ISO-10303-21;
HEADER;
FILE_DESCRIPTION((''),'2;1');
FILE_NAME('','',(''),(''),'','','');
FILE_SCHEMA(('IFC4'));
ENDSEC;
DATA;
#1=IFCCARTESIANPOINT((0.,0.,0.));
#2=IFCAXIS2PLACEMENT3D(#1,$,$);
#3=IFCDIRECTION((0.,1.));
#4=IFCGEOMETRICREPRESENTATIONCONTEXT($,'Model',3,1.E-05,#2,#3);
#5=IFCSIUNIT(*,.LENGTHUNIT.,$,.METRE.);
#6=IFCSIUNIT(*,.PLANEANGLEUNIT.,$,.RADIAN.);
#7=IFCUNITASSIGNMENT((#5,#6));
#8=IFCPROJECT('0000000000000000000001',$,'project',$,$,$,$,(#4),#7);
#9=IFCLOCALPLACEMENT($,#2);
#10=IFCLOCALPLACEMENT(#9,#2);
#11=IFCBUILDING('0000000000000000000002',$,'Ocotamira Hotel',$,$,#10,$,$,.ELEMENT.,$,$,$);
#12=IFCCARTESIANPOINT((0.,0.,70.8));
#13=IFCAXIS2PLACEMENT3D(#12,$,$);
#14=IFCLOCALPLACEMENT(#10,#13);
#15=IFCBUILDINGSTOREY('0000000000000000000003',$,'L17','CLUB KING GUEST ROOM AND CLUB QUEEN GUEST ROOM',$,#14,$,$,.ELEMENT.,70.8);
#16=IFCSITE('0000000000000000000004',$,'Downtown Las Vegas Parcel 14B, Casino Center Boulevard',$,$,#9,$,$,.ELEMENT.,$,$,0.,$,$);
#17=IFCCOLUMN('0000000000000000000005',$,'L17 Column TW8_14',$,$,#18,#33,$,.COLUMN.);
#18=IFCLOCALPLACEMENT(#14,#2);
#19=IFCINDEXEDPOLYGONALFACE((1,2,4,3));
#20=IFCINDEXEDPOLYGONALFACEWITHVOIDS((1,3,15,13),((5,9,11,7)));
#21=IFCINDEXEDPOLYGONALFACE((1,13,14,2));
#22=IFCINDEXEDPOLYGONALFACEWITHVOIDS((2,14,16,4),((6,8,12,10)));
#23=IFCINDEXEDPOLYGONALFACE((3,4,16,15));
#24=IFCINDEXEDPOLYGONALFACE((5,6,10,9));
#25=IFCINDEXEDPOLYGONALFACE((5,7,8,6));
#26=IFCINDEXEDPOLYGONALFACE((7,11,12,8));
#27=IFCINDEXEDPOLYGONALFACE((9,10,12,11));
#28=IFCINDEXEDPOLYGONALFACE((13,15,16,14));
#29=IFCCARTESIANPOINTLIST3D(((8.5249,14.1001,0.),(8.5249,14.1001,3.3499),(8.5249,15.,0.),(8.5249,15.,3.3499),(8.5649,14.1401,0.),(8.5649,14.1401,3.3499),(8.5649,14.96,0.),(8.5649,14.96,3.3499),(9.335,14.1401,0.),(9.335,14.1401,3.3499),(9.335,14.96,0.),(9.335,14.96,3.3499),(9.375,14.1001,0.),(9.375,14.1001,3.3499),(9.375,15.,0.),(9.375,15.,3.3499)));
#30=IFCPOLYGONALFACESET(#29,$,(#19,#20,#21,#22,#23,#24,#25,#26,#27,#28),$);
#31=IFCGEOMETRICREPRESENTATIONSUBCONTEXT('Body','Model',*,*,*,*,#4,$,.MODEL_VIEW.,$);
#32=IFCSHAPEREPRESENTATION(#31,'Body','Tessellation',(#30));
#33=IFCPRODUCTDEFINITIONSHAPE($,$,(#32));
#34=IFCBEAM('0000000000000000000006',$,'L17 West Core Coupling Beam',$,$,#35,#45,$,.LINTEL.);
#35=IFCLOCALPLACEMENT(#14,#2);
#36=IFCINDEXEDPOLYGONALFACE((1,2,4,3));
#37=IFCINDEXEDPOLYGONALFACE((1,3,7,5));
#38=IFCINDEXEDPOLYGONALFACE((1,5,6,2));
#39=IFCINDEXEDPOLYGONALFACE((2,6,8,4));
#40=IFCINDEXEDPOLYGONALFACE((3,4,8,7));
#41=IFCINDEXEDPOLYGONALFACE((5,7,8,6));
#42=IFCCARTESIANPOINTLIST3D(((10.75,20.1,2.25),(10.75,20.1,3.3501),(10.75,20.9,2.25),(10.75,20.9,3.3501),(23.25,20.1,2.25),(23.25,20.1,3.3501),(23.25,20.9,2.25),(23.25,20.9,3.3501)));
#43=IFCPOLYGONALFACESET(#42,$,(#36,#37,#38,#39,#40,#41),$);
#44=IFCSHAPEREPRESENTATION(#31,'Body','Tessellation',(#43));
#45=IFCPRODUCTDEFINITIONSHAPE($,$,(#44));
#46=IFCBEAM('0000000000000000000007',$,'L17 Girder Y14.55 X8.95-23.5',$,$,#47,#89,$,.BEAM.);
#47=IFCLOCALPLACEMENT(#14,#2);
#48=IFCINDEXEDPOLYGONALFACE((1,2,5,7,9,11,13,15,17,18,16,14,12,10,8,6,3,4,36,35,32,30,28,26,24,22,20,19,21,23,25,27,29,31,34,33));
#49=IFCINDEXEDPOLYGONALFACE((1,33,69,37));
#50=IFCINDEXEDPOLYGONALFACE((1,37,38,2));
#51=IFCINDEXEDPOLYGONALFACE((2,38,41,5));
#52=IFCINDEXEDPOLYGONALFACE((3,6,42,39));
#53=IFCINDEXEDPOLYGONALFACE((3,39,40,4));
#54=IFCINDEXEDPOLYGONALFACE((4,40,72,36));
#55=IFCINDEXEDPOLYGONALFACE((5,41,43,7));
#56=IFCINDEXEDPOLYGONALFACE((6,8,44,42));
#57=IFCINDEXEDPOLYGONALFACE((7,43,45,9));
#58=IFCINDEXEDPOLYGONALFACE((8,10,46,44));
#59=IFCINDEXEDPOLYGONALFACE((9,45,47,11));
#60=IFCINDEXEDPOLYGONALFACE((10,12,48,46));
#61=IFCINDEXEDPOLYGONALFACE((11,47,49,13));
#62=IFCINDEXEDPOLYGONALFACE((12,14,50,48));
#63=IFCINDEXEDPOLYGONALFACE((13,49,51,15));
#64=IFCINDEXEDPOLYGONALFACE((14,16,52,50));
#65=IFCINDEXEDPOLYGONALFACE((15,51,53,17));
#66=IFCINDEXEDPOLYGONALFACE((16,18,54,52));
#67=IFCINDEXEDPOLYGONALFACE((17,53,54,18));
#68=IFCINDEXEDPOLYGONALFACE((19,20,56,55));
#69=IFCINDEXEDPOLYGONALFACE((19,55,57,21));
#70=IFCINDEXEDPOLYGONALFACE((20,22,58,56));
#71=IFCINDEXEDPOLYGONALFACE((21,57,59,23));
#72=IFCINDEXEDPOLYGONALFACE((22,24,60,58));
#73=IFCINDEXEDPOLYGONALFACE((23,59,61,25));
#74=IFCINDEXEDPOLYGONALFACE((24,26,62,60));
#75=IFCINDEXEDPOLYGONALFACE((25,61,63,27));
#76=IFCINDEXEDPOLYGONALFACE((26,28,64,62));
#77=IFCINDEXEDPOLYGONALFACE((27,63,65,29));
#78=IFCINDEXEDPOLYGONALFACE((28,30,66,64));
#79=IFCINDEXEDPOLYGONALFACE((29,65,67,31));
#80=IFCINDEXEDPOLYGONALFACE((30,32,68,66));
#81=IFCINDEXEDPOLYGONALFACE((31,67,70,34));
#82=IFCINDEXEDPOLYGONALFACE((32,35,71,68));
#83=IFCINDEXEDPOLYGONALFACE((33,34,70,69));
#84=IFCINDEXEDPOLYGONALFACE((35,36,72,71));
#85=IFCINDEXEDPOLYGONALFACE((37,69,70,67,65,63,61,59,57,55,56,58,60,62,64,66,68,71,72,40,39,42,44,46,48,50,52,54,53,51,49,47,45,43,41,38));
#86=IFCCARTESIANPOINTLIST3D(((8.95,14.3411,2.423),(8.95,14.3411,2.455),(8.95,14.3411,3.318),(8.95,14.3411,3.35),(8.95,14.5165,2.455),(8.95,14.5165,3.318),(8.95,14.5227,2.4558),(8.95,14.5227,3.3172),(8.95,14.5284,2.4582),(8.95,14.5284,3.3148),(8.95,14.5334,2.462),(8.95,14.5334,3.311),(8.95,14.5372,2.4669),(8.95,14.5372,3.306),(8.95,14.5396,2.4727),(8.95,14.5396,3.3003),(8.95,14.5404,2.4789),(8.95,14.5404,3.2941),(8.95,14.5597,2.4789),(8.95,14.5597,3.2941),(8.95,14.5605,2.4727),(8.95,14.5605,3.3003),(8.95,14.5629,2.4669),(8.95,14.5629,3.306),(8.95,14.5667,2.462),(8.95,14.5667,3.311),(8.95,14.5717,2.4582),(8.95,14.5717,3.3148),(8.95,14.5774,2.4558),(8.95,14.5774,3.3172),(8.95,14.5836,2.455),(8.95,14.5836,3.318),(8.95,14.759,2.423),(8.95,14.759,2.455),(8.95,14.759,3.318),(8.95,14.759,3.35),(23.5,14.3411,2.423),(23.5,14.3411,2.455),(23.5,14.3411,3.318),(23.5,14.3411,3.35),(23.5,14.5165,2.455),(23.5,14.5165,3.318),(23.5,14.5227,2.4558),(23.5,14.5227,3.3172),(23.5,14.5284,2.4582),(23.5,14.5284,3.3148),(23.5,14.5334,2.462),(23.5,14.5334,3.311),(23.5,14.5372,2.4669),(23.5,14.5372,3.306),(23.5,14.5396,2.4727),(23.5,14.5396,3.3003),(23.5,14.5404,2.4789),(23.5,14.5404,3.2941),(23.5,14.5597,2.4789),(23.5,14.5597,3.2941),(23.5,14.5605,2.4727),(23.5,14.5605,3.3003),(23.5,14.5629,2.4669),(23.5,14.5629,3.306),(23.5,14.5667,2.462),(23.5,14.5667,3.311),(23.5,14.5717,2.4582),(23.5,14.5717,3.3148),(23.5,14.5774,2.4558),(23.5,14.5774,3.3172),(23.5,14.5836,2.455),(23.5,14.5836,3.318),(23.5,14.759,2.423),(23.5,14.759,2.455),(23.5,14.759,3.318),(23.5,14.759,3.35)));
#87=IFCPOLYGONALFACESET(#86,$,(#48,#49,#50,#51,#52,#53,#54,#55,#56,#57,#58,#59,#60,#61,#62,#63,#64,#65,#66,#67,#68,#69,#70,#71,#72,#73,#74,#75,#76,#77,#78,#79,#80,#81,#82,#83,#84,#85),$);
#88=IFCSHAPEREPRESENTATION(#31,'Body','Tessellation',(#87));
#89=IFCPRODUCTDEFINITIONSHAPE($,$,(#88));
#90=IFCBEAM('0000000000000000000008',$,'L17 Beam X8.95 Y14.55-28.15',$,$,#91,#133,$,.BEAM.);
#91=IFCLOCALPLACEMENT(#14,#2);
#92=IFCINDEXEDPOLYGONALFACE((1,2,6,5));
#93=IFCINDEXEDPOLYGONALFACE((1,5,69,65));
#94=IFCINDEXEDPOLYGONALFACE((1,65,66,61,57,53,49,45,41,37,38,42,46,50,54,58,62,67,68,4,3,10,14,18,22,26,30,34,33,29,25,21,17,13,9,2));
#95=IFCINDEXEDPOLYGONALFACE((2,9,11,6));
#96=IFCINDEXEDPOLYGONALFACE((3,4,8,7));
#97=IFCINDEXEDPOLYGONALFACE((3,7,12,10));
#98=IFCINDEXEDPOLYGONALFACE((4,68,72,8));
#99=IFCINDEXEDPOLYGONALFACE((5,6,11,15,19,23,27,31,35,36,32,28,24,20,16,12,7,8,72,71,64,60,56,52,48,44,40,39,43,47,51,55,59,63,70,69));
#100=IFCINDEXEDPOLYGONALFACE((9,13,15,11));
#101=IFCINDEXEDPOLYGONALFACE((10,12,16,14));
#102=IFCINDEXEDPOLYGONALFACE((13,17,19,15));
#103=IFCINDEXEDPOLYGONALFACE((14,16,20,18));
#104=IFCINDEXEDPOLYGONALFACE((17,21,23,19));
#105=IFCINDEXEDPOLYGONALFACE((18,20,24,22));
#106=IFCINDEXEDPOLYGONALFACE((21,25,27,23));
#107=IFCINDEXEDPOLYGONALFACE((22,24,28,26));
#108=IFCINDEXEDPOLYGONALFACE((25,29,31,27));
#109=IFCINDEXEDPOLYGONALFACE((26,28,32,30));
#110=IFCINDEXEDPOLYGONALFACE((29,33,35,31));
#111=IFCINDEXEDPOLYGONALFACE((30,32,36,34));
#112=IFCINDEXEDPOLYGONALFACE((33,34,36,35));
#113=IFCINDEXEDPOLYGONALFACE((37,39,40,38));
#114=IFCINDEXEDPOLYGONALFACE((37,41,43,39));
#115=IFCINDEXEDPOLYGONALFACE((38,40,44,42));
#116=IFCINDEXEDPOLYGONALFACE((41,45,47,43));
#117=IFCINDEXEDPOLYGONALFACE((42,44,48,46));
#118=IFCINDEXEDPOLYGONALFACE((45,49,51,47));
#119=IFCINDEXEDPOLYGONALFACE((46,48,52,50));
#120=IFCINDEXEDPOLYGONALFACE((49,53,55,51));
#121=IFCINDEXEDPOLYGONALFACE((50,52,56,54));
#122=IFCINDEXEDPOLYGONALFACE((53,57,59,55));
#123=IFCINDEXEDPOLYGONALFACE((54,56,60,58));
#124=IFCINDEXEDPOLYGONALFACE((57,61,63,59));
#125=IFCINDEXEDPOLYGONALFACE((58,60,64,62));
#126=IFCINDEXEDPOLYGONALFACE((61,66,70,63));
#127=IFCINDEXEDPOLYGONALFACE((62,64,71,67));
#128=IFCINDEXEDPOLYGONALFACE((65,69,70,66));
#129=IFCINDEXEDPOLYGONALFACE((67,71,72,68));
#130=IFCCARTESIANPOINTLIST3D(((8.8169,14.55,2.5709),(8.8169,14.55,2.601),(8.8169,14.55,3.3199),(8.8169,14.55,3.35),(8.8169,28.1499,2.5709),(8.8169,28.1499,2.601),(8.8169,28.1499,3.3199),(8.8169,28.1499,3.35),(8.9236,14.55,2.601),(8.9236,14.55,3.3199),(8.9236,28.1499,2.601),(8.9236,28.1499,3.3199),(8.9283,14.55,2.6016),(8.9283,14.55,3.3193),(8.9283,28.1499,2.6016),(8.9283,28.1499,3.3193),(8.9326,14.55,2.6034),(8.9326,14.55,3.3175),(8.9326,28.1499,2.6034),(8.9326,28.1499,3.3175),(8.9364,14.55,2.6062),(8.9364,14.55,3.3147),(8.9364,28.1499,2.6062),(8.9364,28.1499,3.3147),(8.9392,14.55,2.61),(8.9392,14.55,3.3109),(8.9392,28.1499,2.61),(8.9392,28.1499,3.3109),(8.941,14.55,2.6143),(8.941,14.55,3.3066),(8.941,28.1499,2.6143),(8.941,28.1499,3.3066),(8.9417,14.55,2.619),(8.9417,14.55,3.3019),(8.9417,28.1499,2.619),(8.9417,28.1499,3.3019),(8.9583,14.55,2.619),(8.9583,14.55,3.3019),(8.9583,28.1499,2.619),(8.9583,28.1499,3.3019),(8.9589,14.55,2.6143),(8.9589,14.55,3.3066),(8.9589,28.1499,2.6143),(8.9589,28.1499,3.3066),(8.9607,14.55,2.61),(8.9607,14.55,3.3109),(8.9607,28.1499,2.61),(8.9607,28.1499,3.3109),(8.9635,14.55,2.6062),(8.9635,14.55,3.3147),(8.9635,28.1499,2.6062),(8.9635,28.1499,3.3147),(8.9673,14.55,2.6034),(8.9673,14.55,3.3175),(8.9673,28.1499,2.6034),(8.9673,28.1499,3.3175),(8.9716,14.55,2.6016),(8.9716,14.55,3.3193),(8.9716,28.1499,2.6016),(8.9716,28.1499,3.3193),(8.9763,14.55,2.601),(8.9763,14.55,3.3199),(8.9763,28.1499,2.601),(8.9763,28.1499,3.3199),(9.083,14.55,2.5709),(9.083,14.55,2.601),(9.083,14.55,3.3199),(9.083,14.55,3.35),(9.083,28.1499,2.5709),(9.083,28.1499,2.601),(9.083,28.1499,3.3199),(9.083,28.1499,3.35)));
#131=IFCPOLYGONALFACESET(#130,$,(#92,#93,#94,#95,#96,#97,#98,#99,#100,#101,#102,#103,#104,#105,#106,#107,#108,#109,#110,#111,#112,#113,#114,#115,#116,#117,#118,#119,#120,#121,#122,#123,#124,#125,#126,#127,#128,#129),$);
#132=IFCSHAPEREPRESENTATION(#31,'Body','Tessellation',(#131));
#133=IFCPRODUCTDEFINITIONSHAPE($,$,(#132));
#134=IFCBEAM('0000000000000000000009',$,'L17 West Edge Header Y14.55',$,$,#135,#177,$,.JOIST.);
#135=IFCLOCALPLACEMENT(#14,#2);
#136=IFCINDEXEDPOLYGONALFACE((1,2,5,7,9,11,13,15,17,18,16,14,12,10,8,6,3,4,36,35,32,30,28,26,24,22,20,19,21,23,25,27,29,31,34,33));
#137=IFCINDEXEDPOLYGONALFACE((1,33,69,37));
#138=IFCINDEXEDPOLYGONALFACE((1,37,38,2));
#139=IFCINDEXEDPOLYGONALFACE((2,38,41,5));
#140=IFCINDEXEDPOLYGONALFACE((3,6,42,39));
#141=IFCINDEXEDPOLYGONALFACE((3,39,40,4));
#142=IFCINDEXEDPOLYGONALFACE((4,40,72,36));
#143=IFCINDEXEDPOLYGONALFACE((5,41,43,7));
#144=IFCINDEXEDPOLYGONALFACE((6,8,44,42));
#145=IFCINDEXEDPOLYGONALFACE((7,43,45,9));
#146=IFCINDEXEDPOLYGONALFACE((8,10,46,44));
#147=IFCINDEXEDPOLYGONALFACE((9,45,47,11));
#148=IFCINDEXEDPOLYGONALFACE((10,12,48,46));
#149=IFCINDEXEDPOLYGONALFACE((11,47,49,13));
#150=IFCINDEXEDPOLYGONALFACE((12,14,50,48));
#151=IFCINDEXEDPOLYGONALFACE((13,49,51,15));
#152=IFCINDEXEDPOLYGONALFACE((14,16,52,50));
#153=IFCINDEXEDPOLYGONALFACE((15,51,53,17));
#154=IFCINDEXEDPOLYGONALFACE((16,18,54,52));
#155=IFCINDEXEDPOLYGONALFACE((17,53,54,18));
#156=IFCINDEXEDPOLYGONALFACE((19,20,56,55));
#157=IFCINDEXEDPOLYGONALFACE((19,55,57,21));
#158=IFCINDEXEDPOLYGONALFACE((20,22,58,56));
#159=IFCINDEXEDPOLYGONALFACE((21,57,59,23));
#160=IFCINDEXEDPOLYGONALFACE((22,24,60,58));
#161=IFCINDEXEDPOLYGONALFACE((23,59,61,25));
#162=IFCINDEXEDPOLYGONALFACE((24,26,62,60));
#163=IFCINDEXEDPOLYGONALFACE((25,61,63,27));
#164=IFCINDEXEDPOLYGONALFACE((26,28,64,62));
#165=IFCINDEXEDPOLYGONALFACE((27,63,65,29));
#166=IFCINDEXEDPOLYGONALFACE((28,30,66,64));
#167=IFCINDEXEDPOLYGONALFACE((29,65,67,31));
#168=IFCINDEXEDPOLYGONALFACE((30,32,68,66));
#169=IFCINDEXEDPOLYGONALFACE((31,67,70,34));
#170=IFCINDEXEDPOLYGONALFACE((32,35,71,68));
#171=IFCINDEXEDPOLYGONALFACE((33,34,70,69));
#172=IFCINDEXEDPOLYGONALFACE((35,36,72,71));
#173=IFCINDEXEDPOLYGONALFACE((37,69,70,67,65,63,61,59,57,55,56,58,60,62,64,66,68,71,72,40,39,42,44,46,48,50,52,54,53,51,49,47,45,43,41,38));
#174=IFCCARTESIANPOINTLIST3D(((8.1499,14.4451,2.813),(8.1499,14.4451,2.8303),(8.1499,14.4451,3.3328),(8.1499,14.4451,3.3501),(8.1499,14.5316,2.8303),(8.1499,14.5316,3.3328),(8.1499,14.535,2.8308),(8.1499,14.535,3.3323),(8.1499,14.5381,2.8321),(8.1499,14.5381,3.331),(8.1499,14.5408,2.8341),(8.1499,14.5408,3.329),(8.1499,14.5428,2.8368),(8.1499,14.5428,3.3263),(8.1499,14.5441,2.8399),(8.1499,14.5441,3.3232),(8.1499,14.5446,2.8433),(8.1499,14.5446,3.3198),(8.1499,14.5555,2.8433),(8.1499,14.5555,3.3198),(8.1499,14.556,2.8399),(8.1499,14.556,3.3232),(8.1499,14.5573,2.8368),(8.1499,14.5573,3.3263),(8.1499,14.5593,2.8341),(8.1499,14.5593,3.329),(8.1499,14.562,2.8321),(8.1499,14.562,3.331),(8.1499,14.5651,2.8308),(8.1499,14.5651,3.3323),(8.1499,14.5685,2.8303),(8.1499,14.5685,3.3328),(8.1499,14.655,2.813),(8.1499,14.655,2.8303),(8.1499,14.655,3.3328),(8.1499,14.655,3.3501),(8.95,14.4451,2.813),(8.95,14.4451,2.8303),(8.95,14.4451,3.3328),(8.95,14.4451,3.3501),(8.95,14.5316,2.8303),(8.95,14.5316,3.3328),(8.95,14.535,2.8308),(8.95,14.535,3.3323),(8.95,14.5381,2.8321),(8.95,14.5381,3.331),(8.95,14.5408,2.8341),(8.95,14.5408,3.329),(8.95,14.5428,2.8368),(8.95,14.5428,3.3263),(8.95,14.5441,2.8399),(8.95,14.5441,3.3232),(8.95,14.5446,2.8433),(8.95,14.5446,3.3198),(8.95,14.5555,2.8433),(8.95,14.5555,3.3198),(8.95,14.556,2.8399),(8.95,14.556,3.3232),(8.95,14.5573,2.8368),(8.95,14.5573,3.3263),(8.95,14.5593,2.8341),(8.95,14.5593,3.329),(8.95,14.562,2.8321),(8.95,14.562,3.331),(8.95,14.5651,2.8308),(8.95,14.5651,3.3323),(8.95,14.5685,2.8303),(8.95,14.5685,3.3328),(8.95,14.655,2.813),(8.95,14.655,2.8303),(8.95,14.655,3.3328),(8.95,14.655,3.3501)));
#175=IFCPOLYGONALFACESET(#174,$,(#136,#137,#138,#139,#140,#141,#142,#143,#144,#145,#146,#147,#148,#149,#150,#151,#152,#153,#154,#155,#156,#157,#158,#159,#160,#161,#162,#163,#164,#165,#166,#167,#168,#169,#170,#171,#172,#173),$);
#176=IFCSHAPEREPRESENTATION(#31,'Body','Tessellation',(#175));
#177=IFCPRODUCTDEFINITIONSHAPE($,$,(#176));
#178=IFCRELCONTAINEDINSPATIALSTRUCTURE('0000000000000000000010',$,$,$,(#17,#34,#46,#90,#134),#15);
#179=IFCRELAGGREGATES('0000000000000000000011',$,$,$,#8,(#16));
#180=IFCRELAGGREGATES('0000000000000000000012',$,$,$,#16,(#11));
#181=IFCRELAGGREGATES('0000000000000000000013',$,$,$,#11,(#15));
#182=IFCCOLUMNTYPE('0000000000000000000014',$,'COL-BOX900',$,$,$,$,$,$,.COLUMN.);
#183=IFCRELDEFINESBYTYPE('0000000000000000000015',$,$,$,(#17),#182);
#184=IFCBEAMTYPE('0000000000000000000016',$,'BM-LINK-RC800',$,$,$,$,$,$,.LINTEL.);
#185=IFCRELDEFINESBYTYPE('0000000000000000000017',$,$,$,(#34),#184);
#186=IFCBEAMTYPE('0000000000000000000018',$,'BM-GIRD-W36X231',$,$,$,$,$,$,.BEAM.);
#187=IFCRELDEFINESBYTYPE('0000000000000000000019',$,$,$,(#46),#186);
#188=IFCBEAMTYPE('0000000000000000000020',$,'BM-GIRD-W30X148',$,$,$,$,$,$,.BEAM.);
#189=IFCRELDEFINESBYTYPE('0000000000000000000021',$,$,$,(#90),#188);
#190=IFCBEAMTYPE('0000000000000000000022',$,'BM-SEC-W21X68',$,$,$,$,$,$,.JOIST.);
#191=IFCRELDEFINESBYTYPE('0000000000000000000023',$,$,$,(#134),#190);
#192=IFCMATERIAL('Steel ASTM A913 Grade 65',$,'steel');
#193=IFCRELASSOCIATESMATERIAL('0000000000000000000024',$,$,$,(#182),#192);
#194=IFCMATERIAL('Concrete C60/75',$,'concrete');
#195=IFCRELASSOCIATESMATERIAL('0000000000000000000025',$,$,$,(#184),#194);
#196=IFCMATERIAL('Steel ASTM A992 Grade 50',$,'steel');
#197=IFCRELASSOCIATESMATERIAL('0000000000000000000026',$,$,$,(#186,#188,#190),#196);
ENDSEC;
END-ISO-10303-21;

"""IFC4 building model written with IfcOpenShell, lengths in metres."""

from ifc_helpers import new_model, si_unit, direction, frame, origin, origin_2d, place, context, subcontext, project, spatial, rectangle, hollow_rectangle, i_section, extrude, source, transform, mapped, material, material_profile, profile_set, type_object, element, save


model = new_model("IFC4")

# Units and contexts
model_context = context("Model", 3, precision=1e-05, world=origin(), true_north=direction((0.0, 1.0)))
body_context = subcontext(model_context, "Body", "Model", "MODEL_VIEW")
ifc_project = project(units=[si_unit("LENGTHUNIT", "METRE"), si_unit("PLANEANGLEUNIT", "RADIAN")], contexts=[model_context])

# Site, building, storey
site_placement = place(None, origin())
site = spatial("IfcSite", under=ifc_project, at=site_placement, Name="Downtown Las Vegas Parcel 14B, Casino Center Boulevard", CompositionType="ELEMENT", RefElevation=0.0)
building_placement = place(site_placement, origin())
building = spatial("IfcBuilding", under=site, at=building_placement, Name="Ocotamira Hotel", CompositionType="ELEMENT")
storey_placement = place(building_placement, frame((0.0, 0.0, 70.8)))
storey = spatial("IfcBuildingStorey", under=building, at=storey_placement, Name="L17", Description="CLUB KING GUEST ROOM AND CLUB QUEEN GUEST ROOM", CompositionType="ELEMENT", Elevation=70.8)

# Column
ifc_material_1 = material(Name="Steel ASTM A913 Grade 65", Category="steel")
ifc_material_profile_1 = material_profile(ifc_material_1, hollow_rectangle(XDim=0.8501, YDim=0.8999, WallThickness=0.04, at=origin_2d()), Name="BOX900X850X40")
ifc_profile_set_1 = profile_set([ifc_material_profile_1], Name="Steel ASTM A913 Grade 65")
column_type = type_object("IfcColumnType", Name="COL-BOX900", PredefinedType="COLUMN", material=ifc_profile_set_1)
shared_shape_1 = source(origin(), body_context, "Body", "SweptSolid", [
    extrude(hollow_rectangle(XDim=0.8501, YDim=0.8999, WallThickness=0.04, at=origin_2d()), origin(), (0.0, 0.0, 1.0), 3.3499),
])
column_placement = place(storey_placement, frame((8.95, 14.55, 0.0), z_axis=(0.0, 0.0, 1.0), x_axis=(1.0, 0.0, 0.0)))
element("IfcColumn", 1, at=column_placement, inside=storey, type_object=column_type, Name="L17 Column TW8_14", PredefinedType="COLUMN", context=body_context, shape_type="MappedRepresentation", body=[
    mapped(shared_shape_1, transform((0.0, 0.0, 0.0), scale=1.0)),
])

# Beams
ifc_material_2 = material(Name="Concrete C60/75", Category="concrete")
ifc_material_profile_2 = material_profile(ifc_material_2, rectangle(XDim=0.8, YDim=1.1001, at=origin_2d()), Name="RC800X1100")
ifc_profile_set_2 = profile_set([ifc_material_profile_2], Name="Concrete C60/75")
beam_type_1 = type_object("IfcBeamType", Name="BM-LINK-RC800", PredefinedType="LINTEL", material=ifc_profile_set_2)
shared_shape_2 = source(origin(), body_context, "Body", "SweptSolid", [
    extrude(rectangle(XDim=0.8, YDim=1.1001, at=origin_2d()), origin(), (0.0, 0.0, 1.0), 12.5),
])
beam_1_placement = place(storey_placement, frame((10.75, 20.5, 2.8), z_axis=(1.0, 0.0, 0.0), x_axis=(0.0, 1.0, 0.0)))
element("IfcBeam", 2, at=beam_1_placement, inside=storey, type_object=beam_type_1, Name="L17 West Core Coupling Beam", PredefinedType="LINTEL", context=body_context, shape_type="MappedRepresentation", body=[
    mapped(shared_shape_2, transform((0.0, 0.0, 0.0), scale=1.0)),
])
ifc_material_3 = material(Name="Steel ASTM A992 Grade 50", Category="steel")
ifc_material_profile_3 = material_profile(ifc_material_3, i_section(OverallWidth=0.418, OverallDepth=0.927, WebThickness=0.0193, FlangeThickness=0.032, FilletRadius=0.0239, at=origin_2d()), Name="W36X231")
ifc_profile_set_3 = profile_set([ifc_material_profile_3], Name="Steel ASTM A992 Grade 50")
beam_type_2 = type_object("IfcBeamType", Name="BM-GIRD-W36X231", PredefinedType="BEAM", material=ifc_profile_set_3)
shared_shape_3 = source(origin(), body_context, "Body", "SweptSolid", [
    extrude(i_section(OverallWidth=0.418, OverallDepth=0.927, WebThickness=0.0193, FlangeThickness=0.032, FilletRadius=0.0239, at=origin_2d()), origin(), (0.0, 0.0, 1.0), 14.55),
])
beam_2_placement = place(storey_placement, frame((8.95, 14.55, 2.8865), z_axis=(1.0, 0.0, 0.0), x_axis=(0.0, 1.0, 0.0)))
element("IfcBeam", 3, at=beam_2_placement, inside=storey, type_object=beam_type_2, Name="L17 Girder Y14.55 X8.95-23.5", PredefinedType="BEAM", context=body_context, shape_type="MappedRepresentation", body=[
    mapped(shared_shape_3, transform((0.0, 0.0, 0.0), scale=1.0)),
])
ifc_material_profile_4 = material_profile(ifc_material_3, i_section(OverallWidth=0.2661, OverallDepth=0.7791, WebThickness=0.0166, FlangeThickness=0.03, FilletRadius=0.0181, at=origin_2d()), Name="W30X148")
ifc_profile_set_4 = profile_set([ifc_material_profile_4], Name="Steel ASTM A992 Grade 50")
beam_type_3 = type_object("IfcBeamType", Name="BM-GIRD-W30X148", PredefinedType="BEAM", material=ifc_profile_set_4)
shared_shape_4 = source(origin(), body_context, "Body", "SweptSolid", [
    extrude(i_section(OverallWidth=0.2661, OverallDepth=0.7791, WebThickness=0.0166, FlangeThickness=0.03, FilletRadius=0.0181, at=origin_2d()), origin(), (0.0, 0.0, 1.0), 13.5999),
])
beam_3_placement = place(storey_placement, frame((8.95, 14.55, 2.9604), z_axis=(0.0, 1.0, 0.0), x_axis=(-1.0, 0.0, 0.0)))
element("IfcBeam", 4, at=beam_3_placement, inside=storey, type_object=beam_type_3, Name="L17 Beam X8.95 Y14.55-28.15", PredefinedType="BEAM", context=body_context, shape_type="MappedRepresentation", body=[
    mapped(shared_shape_4, transform((0.0, 0.0, 0.0), scale=1.0)),
])
ifc_material_profile_5 = material_profile(ifc_material_3, i_section(OverallWidth=0.21, OverallDepth=0.5371, WebThickness=0.011, FlangeThickness=0.0173, FilletRadius=0.0129, at=origin_2d()), Name="W21X68")
ifc_profile_set_5 = profile_set([ifc_material_profile_5], Name="Steel ASTM A992 Grade 50")
beam_type_4 = type_object("IfcBeamType", Name="BM-SEC-W21X68", PredefinedType="JOIST", material=ifc_profile_set_5)
shared_shape_5 = source(origin(), body_context, "Body", "SweptSolid", [
    extrude(i_section(OverallWidth=0.21, OverallDepth=0.5371, WebThickness=0.011, FlangeThickness=0.0173, FilletRadius=0.0129, at=origin_2d()), origin(), (0.0, 0.0, 1.0), 0.8),
])
beam_4_placement = place(storey_placement, frame((8.95, 14.55, 3.0815), z_axis=(-1.0, 0.0, 0.0), x_axis=(0.0, -1.0, 0.0)))
element("IfcBeam", 5, at=beam_4_placement, inside=storey, type_object=beam_type_4, Name="L17 West Edge Header Y14.55", PredefinedType="JOIST", context=body_context, shape_type="MappedRepresentation", body=[
    mapped(shared_shape_5, transform((0.0, 0.0, 0.0), scale=1.0)),
])

save(model, "model.ifc")
